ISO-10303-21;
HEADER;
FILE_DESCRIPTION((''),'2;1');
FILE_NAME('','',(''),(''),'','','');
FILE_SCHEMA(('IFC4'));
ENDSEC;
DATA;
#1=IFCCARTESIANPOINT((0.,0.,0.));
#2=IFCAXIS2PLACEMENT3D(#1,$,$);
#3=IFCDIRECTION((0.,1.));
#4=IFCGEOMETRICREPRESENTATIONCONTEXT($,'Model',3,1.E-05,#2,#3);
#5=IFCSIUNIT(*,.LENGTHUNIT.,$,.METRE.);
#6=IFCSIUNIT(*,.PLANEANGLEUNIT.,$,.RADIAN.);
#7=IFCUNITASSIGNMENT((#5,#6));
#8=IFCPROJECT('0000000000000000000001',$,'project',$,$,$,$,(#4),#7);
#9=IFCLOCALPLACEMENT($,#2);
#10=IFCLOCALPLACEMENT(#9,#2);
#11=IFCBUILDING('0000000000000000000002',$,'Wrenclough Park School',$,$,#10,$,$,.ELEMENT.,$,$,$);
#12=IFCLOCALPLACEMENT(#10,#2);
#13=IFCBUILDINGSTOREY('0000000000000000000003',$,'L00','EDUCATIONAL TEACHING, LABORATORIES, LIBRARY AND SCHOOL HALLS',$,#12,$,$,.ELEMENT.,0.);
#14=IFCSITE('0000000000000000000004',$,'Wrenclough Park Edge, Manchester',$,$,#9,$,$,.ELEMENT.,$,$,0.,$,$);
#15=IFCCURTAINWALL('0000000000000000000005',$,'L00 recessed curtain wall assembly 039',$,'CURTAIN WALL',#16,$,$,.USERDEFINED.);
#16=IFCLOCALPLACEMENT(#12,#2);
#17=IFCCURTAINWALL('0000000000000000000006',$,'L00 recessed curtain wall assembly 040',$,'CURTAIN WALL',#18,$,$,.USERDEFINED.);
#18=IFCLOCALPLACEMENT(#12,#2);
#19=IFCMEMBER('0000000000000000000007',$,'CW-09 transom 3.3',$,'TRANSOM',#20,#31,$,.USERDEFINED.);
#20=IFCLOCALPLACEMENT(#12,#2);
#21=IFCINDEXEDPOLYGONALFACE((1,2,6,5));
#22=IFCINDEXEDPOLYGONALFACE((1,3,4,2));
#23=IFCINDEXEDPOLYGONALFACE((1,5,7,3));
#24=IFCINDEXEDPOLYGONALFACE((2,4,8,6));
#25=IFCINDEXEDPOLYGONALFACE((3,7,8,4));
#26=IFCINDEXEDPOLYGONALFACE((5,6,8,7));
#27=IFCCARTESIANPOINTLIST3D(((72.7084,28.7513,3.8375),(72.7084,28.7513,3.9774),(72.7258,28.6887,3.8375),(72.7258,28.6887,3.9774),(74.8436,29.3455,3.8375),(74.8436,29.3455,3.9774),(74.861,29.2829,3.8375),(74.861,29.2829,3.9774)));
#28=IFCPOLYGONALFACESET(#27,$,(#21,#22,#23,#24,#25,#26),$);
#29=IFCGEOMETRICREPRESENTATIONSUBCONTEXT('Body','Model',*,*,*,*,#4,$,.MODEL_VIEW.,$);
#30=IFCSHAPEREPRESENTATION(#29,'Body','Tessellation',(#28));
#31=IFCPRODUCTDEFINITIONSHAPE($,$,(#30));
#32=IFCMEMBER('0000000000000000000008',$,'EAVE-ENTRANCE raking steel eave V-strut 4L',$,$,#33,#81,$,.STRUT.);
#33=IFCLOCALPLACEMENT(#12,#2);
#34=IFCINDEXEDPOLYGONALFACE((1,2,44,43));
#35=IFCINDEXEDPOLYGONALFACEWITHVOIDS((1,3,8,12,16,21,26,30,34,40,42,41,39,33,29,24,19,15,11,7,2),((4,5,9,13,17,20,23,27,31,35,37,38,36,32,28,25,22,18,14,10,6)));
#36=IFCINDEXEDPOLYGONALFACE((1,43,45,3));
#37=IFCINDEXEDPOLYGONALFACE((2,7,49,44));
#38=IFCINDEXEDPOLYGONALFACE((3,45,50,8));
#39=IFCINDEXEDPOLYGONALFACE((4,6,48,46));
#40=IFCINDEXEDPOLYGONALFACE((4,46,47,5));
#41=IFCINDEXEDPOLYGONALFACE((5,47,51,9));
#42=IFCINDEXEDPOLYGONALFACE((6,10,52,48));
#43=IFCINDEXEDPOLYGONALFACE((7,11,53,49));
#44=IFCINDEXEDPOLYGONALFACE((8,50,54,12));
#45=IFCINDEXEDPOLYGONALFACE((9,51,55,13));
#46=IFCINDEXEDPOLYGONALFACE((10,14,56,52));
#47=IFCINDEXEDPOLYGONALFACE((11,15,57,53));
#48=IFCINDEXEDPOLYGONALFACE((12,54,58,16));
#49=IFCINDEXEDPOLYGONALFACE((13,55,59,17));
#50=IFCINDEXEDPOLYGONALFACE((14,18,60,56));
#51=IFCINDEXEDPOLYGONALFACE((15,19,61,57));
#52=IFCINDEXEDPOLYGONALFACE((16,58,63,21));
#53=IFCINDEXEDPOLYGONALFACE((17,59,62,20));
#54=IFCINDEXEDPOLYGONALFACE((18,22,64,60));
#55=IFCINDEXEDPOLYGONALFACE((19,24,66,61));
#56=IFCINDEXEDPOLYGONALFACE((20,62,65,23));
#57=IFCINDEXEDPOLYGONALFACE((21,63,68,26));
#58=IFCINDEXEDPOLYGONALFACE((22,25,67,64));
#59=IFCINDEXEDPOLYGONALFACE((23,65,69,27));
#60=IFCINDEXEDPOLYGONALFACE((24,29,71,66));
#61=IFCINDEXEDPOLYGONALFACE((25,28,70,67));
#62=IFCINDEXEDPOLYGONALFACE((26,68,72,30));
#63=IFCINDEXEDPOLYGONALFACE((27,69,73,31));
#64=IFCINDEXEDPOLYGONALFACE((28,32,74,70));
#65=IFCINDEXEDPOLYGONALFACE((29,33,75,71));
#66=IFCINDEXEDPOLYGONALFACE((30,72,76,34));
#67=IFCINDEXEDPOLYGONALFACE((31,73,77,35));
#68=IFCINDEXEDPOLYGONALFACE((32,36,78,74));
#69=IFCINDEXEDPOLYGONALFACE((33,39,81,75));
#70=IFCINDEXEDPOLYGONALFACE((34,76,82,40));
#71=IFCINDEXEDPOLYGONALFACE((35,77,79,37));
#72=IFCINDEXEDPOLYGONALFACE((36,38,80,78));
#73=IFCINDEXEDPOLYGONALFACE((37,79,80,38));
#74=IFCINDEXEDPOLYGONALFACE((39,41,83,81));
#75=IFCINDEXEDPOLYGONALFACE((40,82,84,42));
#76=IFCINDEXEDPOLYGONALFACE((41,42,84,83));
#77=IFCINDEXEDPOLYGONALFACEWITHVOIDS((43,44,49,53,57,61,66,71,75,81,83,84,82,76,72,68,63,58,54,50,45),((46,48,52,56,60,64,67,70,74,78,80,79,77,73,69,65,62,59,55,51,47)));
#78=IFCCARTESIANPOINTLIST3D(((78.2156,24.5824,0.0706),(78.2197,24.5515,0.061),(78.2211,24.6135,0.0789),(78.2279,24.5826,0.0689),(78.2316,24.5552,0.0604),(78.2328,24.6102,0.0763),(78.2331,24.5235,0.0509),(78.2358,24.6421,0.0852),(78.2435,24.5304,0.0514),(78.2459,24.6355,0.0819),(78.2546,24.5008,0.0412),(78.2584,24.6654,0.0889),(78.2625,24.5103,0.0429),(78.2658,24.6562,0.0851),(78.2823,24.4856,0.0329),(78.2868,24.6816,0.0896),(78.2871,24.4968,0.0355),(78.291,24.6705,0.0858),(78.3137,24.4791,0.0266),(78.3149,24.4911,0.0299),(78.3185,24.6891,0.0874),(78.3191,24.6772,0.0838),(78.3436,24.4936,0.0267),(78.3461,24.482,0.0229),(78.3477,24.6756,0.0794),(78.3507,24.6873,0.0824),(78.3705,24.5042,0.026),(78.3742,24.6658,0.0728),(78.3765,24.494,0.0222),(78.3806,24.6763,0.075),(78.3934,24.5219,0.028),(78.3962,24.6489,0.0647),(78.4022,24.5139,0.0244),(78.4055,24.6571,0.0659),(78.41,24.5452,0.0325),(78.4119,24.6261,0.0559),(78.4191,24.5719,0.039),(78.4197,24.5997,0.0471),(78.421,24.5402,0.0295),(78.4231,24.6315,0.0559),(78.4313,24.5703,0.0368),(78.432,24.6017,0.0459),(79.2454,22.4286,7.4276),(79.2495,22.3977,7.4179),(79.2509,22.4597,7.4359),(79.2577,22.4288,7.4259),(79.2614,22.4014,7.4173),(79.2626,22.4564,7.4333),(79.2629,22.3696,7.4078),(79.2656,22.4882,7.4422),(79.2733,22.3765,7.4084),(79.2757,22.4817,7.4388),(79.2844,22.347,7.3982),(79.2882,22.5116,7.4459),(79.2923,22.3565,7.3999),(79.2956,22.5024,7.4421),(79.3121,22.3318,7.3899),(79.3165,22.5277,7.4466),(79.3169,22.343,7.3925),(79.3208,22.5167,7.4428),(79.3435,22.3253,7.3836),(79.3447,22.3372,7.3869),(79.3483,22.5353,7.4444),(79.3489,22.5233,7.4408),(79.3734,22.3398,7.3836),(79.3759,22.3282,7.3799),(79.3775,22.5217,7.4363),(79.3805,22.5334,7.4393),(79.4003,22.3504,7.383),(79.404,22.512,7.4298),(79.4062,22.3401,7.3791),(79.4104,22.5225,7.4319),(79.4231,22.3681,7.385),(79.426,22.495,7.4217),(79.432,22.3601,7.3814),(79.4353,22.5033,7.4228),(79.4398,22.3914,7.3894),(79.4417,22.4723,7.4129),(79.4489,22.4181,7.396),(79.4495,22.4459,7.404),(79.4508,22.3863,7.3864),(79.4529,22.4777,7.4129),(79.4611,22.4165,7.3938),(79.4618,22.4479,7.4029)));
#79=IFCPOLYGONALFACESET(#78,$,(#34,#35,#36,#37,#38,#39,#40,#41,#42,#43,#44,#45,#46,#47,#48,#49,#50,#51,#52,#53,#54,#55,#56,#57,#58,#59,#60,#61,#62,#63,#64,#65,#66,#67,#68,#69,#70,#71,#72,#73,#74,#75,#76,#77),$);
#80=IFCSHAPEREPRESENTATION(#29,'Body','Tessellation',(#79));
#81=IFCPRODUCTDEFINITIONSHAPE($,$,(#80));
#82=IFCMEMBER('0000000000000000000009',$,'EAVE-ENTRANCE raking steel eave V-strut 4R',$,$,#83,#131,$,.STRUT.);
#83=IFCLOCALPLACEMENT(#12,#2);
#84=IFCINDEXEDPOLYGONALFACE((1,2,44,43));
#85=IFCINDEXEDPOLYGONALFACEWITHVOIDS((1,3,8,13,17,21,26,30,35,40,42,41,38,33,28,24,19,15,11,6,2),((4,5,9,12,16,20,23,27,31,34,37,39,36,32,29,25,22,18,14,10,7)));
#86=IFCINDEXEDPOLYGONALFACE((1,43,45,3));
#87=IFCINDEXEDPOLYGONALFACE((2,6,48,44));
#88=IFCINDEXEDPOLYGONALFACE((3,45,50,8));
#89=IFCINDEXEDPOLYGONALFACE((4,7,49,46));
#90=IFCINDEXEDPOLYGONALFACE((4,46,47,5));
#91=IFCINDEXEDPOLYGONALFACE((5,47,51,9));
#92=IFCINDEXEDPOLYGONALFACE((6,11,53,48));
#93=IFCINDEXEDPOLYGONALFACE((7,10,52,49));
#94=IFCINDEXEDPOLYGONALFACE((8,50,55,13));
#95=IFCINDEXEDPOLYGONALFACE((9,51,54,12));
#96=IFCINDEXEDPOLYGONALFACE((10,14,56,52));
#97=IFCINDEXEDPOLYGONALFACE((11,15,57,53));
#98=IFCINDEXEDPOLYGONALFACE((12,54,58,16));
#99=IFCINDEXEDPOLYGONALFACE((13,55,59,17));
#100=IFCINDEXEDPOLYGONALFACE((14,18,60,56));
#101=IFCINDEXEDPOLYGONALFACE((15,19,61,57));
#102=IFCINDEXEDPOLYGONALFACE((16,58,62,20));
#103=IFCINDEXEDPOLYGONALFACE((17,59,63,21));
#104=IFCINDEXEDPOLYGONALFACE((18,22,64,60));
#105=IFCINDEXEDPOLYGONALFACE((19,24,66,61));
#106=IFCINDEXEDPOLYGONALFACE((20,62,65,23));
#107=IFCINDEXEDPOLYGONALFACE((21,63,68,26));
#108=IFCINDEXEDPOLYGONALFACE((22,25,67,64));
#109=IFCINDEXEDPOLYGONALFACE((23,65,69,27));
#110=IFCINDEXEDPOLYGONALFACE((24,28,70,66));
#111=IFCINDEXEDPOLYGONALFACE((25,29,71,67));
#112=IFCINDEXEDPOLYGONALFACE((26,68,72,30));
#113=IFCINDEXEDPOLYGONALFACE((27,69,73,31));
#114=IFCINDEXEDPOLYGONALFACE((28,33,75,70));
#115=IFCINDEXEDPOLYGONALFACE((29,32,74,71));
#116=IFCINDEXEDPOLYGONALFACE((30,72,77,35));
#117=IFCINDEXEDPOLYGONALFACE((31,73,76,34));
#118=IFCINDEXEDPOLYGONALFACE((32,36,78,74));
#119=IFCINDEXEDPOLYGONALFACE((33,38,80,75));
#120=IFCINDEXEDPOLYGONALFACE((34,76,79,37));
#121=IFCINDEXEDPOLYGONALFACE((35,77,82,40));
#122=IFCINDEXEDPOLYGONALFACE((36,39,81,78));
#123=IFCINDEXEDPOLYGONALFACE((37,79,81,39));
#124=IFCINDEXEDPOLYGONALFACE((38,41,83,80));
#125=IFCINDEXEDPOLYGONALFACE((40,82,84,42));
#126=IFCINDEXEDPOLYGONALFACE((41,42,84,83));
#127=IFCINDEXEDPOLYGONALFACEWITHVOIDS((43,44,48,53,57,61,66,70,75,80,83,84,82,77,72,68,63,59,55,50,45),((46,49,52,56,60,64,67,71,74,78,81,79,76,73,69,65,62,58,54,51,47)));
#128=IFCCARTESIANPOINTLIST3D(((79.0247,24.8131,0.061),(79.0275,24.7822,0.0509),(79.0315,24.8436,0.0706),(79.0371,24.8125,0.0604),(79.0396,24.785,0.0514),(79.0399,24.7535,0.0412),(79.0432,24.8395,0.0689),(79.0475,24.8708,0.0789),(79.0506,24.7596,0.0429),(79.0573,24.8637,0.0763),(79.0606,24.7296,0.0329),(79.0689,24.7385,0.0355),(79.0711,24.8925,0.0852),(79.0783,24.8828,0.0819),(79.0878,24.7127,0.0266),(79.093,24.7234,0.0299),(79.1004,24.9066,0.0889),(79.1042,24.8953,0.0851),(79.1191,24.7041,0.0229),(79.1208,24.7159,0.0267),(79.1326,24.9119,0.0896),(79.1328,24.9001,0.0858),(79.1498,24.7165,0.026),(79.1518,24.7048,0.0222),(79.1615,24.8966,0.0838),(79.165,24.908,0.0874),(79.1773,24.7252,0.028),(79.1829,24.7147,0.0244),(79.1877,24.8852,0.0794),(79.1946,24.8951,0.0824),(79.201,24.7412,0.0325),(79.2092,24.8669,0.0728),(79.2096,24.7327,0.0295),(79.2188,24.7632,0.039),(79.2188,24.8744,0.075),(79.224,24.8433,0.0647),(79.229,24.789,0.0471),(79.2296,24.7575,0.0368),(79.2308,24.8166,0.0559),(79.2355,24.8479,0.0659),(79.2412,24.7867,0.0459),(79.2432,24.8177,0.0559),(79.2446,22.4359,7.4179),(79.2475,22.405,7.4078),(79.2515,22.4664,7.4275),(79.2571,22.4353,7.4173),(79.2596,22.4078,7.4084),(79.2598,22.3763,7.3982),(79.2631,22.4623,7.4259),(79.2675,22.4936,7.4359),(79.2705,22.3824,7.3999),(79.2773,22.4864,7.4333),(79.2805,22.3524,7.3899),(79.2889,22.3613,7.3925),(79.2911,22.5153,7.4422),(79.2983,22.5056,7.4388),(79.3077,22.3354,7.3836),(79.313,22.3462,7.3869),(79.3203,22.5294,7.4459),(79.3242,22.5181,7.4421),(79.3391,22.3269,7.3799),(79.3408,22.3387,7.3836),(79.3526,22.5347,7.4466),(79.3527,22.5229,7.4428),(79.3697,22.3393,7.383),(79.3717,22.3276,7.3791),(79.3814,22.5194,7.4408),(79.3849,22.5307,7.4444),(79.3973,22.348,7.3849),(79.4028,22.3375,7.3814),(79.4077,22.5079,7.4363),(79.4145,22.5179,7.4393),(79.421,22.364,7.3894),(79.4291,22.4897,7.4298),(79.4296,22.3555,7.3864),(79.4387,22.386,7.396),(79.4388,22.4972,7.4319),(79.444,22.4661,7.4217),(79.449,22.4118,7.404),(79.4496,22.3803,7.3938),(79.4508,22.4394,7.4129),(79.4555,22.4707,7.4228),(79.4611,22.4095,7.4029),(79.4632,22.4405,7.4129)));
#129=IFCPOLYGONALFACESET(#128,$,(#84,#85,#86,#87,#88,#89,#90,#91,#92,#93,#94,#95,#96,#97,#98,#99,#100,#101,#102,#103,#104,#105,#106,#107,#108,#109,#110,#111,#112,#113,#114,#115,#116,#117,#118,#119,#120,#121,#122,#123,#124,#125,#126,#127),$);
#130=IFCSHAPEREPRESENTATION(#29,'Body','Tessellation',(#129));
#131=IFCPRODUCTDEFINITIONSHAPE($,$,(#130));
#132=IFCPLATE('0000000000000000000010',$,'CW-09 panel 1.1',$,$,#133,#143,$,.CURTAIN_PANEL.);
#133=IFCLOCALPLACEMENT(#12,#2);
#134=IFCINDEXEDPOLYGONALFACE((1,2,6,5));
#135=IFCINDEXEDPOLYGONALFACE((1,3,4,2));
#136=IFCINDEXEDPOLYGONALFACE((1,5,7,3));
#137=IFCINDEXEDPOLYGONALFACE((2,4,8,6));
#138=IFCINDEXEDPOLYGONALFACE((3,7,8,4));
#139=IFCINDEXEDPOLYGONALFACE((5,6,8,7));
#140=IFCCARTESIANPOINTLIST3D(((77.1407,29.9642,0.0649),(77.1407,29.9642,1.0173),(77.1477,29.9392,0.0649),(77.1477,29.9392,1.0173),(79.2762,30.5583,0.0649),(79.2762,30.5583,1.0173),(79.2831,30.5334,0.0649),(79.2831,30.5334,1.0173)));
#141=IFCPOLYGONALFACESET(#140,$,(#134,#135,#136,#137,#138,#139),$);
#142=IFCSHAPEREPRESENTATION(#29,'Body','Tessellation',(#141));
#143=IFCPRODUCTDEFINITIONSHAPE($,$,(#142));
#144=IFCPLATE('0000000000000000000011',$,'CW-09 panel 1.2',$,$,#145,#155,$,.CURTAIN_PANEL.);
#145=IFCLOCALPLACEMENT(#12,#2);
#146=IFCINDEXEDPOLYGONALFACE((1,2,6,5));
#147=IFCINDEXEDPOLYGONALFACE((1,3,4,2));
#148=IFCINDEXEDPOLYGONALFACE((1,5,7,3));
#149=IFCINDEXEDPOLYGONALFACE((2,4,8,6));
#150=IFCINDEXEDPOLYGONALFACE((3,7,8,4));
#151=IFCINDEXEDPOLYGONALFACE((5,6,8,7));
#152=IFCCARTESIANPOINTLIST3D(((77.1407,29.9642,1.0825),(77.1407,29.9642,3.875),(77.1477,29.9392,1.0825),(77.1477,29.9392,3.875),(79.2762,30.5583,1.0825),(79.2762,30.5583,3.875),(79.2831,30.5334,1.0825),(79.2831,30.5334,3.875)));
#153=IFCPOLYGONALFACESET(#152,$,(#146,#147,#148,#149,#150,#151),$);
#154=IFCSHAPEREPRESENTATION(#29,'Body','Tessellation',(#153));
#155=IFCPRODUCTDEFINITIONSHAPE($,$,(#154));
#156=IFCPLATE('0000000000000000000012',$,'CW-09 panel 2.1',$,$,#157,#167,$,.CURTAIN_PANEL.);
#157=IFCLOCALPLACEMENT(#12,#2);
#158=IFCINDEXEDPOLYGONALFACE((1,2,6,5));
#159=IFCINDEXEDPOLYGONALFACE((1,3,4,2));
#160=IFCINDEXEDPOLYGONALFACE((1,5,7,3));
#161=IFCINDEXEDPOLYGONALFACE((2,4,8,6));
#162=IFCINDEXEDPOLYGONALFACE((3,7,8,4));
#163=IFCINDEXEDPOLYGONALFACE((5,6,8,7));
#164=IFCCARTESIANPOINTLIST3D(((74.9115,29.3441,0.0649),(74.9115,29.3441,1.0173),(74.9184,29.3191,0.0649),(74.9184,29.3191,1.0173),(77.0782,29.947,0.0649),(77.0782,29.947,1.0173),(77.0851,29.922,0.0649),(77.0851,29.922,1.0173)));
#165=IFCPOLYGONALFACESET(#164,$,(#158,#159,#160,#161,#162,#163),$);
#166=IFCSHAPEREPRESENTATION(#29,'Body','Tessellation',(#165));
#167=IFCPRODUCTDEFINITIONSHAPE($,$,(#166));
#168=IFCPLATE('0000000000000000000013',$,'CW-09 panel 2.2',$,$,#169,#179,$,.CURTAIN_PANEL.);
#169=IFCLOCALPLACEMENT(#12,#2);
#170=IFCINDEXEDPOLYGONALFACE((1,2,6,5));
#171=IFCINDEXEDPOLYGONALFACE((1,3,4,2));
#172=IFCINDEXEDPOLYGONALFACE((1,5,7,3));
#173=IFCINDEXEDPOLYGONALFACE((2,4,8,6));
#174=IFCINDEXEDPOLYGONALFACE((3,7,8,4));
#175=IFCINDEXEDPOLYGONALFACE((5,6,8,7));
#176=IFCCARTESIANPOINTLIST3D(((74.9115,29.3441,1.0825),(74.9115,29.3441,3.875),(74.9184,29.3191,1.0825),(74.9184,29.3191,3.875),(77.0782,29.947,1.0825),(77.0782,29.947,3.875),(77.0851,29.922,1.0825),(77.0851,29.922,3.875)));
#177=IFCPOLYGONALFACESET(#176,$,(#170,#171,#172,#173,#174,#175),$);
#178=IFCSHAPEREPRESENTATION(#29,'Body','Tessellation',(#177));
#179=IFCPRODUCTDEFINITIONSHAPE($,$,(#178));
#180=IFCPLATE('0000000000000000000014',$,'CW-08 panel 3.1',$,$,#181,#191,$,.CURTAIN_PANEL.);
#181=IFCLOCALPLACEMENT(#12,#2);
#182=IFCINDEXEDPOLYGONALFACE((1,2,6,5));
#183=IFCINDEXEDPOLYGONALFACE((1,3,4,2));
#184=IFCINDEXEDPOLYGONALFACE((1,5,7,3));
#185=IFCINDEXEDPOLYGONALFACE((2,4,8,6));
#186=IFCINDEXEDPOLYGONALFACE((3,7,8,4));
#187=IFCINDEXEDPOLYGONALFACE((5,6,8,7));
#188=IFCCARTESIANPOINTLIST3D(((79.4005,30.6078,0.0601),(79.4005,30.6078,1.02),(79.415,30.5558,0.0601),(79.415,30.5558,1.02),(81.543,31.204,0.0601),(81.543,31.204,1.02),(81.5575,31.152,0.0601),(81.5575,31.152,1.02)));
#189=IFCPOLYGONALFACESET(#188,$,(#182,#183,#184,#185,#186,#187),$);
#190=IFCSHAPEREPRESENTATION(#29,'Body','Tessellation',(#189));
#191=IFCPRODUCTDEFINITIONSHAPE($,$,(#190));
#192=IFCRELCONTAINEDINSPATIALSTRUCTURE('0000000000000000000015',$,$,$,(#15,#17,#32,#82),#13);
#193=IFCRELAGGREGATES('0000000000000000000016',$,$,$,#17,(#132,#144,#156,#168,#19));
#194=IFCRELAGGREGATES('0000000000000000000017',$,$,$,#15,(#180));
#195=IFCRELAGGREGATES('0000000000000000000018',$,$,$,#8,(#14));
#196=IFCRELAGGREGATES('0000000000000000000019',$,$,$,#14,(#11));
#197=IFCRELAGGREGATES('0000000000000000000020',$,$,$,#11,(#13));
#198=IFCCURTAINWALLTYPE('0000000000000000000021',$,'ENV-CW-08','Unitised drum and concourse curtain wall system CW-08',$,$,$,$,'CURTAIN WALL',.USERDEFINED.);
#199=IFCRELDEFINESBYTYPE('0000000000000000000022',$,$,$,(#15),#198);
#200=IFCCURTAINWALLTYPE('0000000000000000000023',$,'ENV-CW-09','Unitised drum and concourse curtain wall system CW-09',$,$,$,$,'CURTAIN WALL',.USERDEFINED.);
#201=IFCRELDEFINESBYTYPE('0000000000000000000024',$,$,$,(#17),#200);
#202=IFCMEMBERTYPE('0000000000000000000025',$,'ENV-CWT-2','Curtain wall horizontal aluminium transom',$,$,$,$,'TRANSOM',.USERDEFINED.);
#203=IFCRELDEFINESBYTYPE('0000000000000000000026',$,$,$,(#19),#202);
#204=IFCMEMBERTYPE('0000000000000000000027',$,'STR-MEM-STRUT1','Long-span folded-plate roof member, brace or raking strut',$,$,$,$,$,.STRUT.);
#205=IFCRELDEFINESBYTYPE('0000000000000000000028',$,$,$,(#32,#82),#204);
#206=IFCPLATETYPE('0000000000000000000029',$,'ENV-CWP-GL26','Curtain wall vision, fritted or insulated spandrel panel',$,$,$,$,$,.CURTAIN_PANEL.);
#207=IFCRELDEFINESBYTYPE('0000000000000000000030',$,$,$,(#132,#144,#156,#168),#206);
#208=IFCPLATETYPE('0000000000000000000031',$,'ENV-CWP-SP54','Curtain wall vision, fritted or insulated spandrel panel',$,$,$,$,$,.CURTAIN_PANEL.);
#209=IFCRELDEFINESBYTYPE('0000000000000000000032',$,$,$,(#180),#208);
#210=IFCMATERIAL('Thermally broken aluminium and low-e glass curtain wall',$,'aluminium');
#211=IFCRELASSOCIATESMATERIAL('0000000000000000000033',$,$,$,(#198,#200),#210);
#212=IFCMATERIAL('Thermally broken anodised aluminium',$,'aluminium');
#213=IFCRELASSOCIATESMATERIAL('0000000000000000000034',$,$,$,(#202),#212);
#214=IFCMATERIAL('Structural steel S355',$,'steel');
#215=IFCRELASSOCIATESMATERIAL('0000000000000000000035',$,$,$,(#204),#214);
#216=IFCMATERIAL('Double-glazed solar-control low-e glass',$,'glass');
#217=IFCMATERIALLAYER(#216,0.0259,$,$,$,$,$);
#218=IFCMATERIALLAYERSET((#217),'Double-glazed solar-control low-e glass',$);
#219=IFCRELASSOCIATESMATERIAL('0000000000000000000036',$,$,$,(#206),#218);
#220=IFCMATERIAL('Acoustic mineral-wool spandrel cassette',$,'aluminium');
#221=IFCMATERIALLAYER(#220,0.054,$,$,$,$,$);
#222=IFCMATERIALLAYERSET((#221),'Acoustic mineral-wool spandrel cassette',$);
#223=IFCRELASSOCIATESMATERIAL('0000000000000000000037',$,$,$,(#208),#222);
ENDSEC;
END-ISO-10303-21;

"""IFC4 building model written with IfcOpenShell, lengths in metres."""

from ifc_helpers import new_model, si_unit, direction, frame, origin, origin_2d, place, context, subcontext, project, spatial, rectangle, hollow_circle, extrude, material, layer, layer_set, material_profile, profile_set, type_object, element, aggregate, save


model = new_model("IFC4")

# Units and contexts
model_context = context("Model", 3, precision=1e-05, world=origin(), true_north=direction((0.0, 1.0)))
body_context = subcontext(model_context, "Body", "Model", "MODEL_VIEW")
ifc_project = project(units=[si_unit("LENGTHUNIT", "METRE"), si_unit("PLANEANGLEUNIT", "RADIAN")], contexts=[model_context])

# Site, building, storey
site_placement = place(None, origin())
site = spatial("IfcSite", under=ifc_project, at=site_placement, Name="Wrenclough Park Edge, Manchester", CompositionType="ELEMENT", RefElevation=0.0)
building_placement = place(site_placement, origin())
building = spatial("IfcBuilding", under=site, at=building_placement, Name="Wrenclough Park School", CompositionType="ELEMENT")
storey_placement = place(building_placement, origin())
storey = spatial("IfcBuildingStorey", under=building, at=storey_placement, Name="L00", Description="EDUCATIONAL TEACHING, LABORATORIES, LIBRARY AND SCHOOL HALLS", CompositionType="ELEMENT", Elevation=0.0)

# Shared definitions
ifc_material_1 = material(Name="Structural steel S355", Category="steel")

# Curtain wall
ifc_material_2 = material(Name="Thermally broken aluminium and low-e glass curtain wall", Category="aluminium")
curtain_wall_type_1 = type_object("IfcCurtainWallType", Name="ENV-CW-08", Description="Unitised drum and concourse curtain wall system CW-08", ElementType="CURTAIN WALL", PredefinedType="USERDEFINED", material=ifc_material_2)
curtain_wall_1_placement = place(storey_placement, origin())
curtain_wall_1 = element("IfcCurtainWall", 1, at=curtain_wall_1_placement, inside=storey, type_object=curtain_wall_type_1, Name="L00 recessed curtain wall assembly 039", ObjectType="CURTAIN WALL", PredefinedType="USERDEFINED")
ifc_material_3 = material(Name="Thermally broken anodised aluminium", Category="aluminium")

# Curtain wall, member
curtain_wall_type_2 = type_object("IfcCurtainWallType", Name="ENV-CW-09", Description="Unitised drum and concourse curtain wall system CW-09", ElementType="CURTAIN WALL", PredefinedType="USERDEFINED", material=ifc_material_2)
curtain_wall_2_placement = place(storey_placement, origin())
curtain_wall_2 = element("IfcCurtainWall", 2, at=curtain_wall_2_placement, inside=storey, type_object=curtain_wall_type_2, Name="L00 recessed curtain wall assembly 040", ObjectType="CURTAIN WALL", PredefinedType="USERDEFINED")
ifc_material_profile_1 = material_profile(ifc_material_3, rectangle(XDim=0.0649, YDim=0.1399, at=origin_2d()), Name="AL TRANSOM 65x140")
ifc_profile_set_1 = profile_set([ifc_material_profile_1], Name="Thermally broken anodised aluminium")
member_type_1 = type_object("IfcMemberType", Name="ENV-CWT-2", Description="Curtain wall horizontal aluminium transom", ElementType="TRANSOM", PredefinedType="USERDEFINED", material=ifc_profile_set_1)
member_1_placement = place(storey_placement, frame((74.8523, 29.3142, 3.9075), z_axis=(-0.963388, -0.26811, 0.0), x_axis=(0.26811, -0.963388, 0.0)))
member_1 = element("IfcMember", 3, at=member_1_placement, type_object=member_type_1, Name="CW-09 transom 3.3", ObjectType="TRANSOM", PredefinedType="USERDEFINED", context=body_context, shape_type="SweptSolid", body=[
    extrude(rectangle(XDim=0.0649, YDim=0.1399, at=origin_2d()), origin(), (0.0, 0.0, 1.0), 2.2163),
])

# Members
ifc_material_profile_2 = material_profile(ifc_material_1, hollow_circle(Radius=0.1096, WallThickness=0.0125, at=origin_2d()), Name="CHS 219.1x12.5")
ifc_profile_set_2 = profile_set([ifc_material_profile_2], Name="Structural steel S355")
member_type_2 = type_object("IfcMemberType", Name="STR-MEM-STRUT1", Description="Long-span folded-plate roof member, brace or raking strut", PredefinedType="STRUT", material=ifc_profile_set_2)
for number, where, z_axis, x_axis, name in (
    (4, (78.3242, 24.5842, 0.0559), (0.13314, -0.278465, 0.951174), (0.902183, 0.431354, 0.0), "EAVE-ENTRANCE raking steel eave V-strut 4L"),
    (5, (79.134, 24.8076, 0.0559), (0.02844, -0.307346, 0.951173), (0.995746, 0.09214, 0.0), "EAVE-ENTRANCE raking steel eave V-strut 4R"),
):
    element("IfcMember", number, at=place(storey_placement, frame(where, z_axis=z_axis, x_axis=x_axis)), inside=storey, type_object=member_type_2, Name=name, PredefinedType="STRUT", context=body_context, shape_type="SweptSolid", body=[
        extrude(hollow_circle(Radius=0.1096, WallThickness=0.0125, at=origin_2d()), origin(), (0.0, 0.0, 1.0), 7.7346),
    ])

# Plates
ifc_material_4 = material(Name="Double-glazed solar-control low-e glass", Category="glass")
ifc_layer_1 = layer(ifc_material_4, 0.0259)
ifc_layer_set_1 = layer_set([ifc_layer_1], Name="Double-glazed solar-control low-e glass")
plate_type_1 = type_object("IfcPlateType", Name="ENV-CWP-GL26", Description="Curtain wall vision, fritted or insulated spandrel panel", PredefinedType="CURTAIN_PANEL", material=ifc_layer_set_1)
plate_1_placement = place(storey_placement, frame((78.2119, 30.2488, 0.0649), z_axis=(0.0, 0.0, 1.0), x_axis=(-0.9634, -0.268069, 0.0)))
plate_1 = element("IfcPlate", 6, at=plate_1_placement, type_object=plate_type_1, Name="CW-09 panel 1.1", PredefinedType="CURTAIN_PANEL", context=body_context, shape_type="SweptSolid", body=[
    extrude(rectangle(XDim=2.2166, YDim=0.0259, at=origin_2d()), origin(), (0.0, 0.0, 1.0), 0.9524),
])
plate_2_placement = place(storey_placement, frame((78.2119, 30.2488, 1.0825), z_axis=(0.0, 0.0, 1.0), x_axis=(-0.9634, -0.268069, 0.0)))
plate_2 = element("IfcPlate", 7, at=plate_2_placement, type_object=plate_type_1, Name="CW-09 panel 1.2", PredefinedType="CURTAIN_PANEL", context=body_context, shape_type="SweptSolid", body=[
    extrude(rectangle(XDim=2.2166, YDim=0.0259, at=origin_2d()), origin(), (0.0, 0.0, 1.0), 2.7925),
])
plate_3_placement = place(storey_placement, frame((75.9983, 29.6331, 0.0649), z_axis=(0.0, 0.0, 1.0), x_axis=(-0.9634, -0.268069, 0.0)))
plate_3 = element("IfcPlate", 8, at=plate_3_placement, type_object=plate_type_1, Name="CW-09 panel 2.1", PredefinedType="CURTAIN_PANEL", context=body_context, shape_type="SweptSolid", body=[
    extrude(rectangle(XDim=2.249, YDim=0.0259, at=origin_2d()), origin(), (0.0, 0.0, 1.0), 0.9524),
])
plate_4_placement = place(storey_placement, frame((75.9983, 29.6331, 1.0825), z_axis=(0.0, 0.0, 1.0), x_axis=(-0.9634, -0.268069, 0.0)))
plate_4 = element("IfcPlate", 9, at=plate_4_placement, type_object=plate_type_1, Name="CW-09 panel 2.2", PredefinedType="CURTAIN_PANEL", context=body_context, shape_type="SweptSolid", body=[
    extrude(rectangle(XDim=2.249, YDim=0.0259, at=origin_2d()), origin(), (0.0, 0.0, 1.0), 2.7925),
])
aggregate(curtain_wall_2, [plate_1, plate_2, plate_3, plate_4, member_1])
ifc_material_5 = material(Name="Acoustic mineral-wool spandrel cassette", Category="aluminium")
ifc_layer_2 = layer(ifc_material_5, 0.054)
ifc_layer_set_2 = layer_set([ifc_layer_2], Name="Acoustic mineral-wool spandrel cassette")
plate_type_2 = type_object("IfcPlateType", Name="ENV-CWP-SP54", Description="Curtain wall vision, fritted or insulated spandrel panel", PredefinedType="CURTAIN_PANEL", material=ifc_layer_set_2)
plate_5_placement = place(storey_placement, frame((80.479, 30.8799, 0.0601), z_axis=(0.0, 0.0, 1.0), x_axis=(-0.963399, -0.268073, 0.0)))
plate_5 = element("IfcPlate", 10, at=plate_5_placement, type_object=plate_type_2, Name="CW-08 panel 3.1", PredefinedType="CURTAIN_PANEL", context=body_context, shape_type="SweptSolid", body=[
    extrude(rectangle(XDim=2.2239, YDim=0.054, at=origin_2d()), origin(), (0.0, 0.0, 1.0), 0.96),
])
aggregate(curtain_wall_1, [plate_5])

save(model, "model.ifc")
